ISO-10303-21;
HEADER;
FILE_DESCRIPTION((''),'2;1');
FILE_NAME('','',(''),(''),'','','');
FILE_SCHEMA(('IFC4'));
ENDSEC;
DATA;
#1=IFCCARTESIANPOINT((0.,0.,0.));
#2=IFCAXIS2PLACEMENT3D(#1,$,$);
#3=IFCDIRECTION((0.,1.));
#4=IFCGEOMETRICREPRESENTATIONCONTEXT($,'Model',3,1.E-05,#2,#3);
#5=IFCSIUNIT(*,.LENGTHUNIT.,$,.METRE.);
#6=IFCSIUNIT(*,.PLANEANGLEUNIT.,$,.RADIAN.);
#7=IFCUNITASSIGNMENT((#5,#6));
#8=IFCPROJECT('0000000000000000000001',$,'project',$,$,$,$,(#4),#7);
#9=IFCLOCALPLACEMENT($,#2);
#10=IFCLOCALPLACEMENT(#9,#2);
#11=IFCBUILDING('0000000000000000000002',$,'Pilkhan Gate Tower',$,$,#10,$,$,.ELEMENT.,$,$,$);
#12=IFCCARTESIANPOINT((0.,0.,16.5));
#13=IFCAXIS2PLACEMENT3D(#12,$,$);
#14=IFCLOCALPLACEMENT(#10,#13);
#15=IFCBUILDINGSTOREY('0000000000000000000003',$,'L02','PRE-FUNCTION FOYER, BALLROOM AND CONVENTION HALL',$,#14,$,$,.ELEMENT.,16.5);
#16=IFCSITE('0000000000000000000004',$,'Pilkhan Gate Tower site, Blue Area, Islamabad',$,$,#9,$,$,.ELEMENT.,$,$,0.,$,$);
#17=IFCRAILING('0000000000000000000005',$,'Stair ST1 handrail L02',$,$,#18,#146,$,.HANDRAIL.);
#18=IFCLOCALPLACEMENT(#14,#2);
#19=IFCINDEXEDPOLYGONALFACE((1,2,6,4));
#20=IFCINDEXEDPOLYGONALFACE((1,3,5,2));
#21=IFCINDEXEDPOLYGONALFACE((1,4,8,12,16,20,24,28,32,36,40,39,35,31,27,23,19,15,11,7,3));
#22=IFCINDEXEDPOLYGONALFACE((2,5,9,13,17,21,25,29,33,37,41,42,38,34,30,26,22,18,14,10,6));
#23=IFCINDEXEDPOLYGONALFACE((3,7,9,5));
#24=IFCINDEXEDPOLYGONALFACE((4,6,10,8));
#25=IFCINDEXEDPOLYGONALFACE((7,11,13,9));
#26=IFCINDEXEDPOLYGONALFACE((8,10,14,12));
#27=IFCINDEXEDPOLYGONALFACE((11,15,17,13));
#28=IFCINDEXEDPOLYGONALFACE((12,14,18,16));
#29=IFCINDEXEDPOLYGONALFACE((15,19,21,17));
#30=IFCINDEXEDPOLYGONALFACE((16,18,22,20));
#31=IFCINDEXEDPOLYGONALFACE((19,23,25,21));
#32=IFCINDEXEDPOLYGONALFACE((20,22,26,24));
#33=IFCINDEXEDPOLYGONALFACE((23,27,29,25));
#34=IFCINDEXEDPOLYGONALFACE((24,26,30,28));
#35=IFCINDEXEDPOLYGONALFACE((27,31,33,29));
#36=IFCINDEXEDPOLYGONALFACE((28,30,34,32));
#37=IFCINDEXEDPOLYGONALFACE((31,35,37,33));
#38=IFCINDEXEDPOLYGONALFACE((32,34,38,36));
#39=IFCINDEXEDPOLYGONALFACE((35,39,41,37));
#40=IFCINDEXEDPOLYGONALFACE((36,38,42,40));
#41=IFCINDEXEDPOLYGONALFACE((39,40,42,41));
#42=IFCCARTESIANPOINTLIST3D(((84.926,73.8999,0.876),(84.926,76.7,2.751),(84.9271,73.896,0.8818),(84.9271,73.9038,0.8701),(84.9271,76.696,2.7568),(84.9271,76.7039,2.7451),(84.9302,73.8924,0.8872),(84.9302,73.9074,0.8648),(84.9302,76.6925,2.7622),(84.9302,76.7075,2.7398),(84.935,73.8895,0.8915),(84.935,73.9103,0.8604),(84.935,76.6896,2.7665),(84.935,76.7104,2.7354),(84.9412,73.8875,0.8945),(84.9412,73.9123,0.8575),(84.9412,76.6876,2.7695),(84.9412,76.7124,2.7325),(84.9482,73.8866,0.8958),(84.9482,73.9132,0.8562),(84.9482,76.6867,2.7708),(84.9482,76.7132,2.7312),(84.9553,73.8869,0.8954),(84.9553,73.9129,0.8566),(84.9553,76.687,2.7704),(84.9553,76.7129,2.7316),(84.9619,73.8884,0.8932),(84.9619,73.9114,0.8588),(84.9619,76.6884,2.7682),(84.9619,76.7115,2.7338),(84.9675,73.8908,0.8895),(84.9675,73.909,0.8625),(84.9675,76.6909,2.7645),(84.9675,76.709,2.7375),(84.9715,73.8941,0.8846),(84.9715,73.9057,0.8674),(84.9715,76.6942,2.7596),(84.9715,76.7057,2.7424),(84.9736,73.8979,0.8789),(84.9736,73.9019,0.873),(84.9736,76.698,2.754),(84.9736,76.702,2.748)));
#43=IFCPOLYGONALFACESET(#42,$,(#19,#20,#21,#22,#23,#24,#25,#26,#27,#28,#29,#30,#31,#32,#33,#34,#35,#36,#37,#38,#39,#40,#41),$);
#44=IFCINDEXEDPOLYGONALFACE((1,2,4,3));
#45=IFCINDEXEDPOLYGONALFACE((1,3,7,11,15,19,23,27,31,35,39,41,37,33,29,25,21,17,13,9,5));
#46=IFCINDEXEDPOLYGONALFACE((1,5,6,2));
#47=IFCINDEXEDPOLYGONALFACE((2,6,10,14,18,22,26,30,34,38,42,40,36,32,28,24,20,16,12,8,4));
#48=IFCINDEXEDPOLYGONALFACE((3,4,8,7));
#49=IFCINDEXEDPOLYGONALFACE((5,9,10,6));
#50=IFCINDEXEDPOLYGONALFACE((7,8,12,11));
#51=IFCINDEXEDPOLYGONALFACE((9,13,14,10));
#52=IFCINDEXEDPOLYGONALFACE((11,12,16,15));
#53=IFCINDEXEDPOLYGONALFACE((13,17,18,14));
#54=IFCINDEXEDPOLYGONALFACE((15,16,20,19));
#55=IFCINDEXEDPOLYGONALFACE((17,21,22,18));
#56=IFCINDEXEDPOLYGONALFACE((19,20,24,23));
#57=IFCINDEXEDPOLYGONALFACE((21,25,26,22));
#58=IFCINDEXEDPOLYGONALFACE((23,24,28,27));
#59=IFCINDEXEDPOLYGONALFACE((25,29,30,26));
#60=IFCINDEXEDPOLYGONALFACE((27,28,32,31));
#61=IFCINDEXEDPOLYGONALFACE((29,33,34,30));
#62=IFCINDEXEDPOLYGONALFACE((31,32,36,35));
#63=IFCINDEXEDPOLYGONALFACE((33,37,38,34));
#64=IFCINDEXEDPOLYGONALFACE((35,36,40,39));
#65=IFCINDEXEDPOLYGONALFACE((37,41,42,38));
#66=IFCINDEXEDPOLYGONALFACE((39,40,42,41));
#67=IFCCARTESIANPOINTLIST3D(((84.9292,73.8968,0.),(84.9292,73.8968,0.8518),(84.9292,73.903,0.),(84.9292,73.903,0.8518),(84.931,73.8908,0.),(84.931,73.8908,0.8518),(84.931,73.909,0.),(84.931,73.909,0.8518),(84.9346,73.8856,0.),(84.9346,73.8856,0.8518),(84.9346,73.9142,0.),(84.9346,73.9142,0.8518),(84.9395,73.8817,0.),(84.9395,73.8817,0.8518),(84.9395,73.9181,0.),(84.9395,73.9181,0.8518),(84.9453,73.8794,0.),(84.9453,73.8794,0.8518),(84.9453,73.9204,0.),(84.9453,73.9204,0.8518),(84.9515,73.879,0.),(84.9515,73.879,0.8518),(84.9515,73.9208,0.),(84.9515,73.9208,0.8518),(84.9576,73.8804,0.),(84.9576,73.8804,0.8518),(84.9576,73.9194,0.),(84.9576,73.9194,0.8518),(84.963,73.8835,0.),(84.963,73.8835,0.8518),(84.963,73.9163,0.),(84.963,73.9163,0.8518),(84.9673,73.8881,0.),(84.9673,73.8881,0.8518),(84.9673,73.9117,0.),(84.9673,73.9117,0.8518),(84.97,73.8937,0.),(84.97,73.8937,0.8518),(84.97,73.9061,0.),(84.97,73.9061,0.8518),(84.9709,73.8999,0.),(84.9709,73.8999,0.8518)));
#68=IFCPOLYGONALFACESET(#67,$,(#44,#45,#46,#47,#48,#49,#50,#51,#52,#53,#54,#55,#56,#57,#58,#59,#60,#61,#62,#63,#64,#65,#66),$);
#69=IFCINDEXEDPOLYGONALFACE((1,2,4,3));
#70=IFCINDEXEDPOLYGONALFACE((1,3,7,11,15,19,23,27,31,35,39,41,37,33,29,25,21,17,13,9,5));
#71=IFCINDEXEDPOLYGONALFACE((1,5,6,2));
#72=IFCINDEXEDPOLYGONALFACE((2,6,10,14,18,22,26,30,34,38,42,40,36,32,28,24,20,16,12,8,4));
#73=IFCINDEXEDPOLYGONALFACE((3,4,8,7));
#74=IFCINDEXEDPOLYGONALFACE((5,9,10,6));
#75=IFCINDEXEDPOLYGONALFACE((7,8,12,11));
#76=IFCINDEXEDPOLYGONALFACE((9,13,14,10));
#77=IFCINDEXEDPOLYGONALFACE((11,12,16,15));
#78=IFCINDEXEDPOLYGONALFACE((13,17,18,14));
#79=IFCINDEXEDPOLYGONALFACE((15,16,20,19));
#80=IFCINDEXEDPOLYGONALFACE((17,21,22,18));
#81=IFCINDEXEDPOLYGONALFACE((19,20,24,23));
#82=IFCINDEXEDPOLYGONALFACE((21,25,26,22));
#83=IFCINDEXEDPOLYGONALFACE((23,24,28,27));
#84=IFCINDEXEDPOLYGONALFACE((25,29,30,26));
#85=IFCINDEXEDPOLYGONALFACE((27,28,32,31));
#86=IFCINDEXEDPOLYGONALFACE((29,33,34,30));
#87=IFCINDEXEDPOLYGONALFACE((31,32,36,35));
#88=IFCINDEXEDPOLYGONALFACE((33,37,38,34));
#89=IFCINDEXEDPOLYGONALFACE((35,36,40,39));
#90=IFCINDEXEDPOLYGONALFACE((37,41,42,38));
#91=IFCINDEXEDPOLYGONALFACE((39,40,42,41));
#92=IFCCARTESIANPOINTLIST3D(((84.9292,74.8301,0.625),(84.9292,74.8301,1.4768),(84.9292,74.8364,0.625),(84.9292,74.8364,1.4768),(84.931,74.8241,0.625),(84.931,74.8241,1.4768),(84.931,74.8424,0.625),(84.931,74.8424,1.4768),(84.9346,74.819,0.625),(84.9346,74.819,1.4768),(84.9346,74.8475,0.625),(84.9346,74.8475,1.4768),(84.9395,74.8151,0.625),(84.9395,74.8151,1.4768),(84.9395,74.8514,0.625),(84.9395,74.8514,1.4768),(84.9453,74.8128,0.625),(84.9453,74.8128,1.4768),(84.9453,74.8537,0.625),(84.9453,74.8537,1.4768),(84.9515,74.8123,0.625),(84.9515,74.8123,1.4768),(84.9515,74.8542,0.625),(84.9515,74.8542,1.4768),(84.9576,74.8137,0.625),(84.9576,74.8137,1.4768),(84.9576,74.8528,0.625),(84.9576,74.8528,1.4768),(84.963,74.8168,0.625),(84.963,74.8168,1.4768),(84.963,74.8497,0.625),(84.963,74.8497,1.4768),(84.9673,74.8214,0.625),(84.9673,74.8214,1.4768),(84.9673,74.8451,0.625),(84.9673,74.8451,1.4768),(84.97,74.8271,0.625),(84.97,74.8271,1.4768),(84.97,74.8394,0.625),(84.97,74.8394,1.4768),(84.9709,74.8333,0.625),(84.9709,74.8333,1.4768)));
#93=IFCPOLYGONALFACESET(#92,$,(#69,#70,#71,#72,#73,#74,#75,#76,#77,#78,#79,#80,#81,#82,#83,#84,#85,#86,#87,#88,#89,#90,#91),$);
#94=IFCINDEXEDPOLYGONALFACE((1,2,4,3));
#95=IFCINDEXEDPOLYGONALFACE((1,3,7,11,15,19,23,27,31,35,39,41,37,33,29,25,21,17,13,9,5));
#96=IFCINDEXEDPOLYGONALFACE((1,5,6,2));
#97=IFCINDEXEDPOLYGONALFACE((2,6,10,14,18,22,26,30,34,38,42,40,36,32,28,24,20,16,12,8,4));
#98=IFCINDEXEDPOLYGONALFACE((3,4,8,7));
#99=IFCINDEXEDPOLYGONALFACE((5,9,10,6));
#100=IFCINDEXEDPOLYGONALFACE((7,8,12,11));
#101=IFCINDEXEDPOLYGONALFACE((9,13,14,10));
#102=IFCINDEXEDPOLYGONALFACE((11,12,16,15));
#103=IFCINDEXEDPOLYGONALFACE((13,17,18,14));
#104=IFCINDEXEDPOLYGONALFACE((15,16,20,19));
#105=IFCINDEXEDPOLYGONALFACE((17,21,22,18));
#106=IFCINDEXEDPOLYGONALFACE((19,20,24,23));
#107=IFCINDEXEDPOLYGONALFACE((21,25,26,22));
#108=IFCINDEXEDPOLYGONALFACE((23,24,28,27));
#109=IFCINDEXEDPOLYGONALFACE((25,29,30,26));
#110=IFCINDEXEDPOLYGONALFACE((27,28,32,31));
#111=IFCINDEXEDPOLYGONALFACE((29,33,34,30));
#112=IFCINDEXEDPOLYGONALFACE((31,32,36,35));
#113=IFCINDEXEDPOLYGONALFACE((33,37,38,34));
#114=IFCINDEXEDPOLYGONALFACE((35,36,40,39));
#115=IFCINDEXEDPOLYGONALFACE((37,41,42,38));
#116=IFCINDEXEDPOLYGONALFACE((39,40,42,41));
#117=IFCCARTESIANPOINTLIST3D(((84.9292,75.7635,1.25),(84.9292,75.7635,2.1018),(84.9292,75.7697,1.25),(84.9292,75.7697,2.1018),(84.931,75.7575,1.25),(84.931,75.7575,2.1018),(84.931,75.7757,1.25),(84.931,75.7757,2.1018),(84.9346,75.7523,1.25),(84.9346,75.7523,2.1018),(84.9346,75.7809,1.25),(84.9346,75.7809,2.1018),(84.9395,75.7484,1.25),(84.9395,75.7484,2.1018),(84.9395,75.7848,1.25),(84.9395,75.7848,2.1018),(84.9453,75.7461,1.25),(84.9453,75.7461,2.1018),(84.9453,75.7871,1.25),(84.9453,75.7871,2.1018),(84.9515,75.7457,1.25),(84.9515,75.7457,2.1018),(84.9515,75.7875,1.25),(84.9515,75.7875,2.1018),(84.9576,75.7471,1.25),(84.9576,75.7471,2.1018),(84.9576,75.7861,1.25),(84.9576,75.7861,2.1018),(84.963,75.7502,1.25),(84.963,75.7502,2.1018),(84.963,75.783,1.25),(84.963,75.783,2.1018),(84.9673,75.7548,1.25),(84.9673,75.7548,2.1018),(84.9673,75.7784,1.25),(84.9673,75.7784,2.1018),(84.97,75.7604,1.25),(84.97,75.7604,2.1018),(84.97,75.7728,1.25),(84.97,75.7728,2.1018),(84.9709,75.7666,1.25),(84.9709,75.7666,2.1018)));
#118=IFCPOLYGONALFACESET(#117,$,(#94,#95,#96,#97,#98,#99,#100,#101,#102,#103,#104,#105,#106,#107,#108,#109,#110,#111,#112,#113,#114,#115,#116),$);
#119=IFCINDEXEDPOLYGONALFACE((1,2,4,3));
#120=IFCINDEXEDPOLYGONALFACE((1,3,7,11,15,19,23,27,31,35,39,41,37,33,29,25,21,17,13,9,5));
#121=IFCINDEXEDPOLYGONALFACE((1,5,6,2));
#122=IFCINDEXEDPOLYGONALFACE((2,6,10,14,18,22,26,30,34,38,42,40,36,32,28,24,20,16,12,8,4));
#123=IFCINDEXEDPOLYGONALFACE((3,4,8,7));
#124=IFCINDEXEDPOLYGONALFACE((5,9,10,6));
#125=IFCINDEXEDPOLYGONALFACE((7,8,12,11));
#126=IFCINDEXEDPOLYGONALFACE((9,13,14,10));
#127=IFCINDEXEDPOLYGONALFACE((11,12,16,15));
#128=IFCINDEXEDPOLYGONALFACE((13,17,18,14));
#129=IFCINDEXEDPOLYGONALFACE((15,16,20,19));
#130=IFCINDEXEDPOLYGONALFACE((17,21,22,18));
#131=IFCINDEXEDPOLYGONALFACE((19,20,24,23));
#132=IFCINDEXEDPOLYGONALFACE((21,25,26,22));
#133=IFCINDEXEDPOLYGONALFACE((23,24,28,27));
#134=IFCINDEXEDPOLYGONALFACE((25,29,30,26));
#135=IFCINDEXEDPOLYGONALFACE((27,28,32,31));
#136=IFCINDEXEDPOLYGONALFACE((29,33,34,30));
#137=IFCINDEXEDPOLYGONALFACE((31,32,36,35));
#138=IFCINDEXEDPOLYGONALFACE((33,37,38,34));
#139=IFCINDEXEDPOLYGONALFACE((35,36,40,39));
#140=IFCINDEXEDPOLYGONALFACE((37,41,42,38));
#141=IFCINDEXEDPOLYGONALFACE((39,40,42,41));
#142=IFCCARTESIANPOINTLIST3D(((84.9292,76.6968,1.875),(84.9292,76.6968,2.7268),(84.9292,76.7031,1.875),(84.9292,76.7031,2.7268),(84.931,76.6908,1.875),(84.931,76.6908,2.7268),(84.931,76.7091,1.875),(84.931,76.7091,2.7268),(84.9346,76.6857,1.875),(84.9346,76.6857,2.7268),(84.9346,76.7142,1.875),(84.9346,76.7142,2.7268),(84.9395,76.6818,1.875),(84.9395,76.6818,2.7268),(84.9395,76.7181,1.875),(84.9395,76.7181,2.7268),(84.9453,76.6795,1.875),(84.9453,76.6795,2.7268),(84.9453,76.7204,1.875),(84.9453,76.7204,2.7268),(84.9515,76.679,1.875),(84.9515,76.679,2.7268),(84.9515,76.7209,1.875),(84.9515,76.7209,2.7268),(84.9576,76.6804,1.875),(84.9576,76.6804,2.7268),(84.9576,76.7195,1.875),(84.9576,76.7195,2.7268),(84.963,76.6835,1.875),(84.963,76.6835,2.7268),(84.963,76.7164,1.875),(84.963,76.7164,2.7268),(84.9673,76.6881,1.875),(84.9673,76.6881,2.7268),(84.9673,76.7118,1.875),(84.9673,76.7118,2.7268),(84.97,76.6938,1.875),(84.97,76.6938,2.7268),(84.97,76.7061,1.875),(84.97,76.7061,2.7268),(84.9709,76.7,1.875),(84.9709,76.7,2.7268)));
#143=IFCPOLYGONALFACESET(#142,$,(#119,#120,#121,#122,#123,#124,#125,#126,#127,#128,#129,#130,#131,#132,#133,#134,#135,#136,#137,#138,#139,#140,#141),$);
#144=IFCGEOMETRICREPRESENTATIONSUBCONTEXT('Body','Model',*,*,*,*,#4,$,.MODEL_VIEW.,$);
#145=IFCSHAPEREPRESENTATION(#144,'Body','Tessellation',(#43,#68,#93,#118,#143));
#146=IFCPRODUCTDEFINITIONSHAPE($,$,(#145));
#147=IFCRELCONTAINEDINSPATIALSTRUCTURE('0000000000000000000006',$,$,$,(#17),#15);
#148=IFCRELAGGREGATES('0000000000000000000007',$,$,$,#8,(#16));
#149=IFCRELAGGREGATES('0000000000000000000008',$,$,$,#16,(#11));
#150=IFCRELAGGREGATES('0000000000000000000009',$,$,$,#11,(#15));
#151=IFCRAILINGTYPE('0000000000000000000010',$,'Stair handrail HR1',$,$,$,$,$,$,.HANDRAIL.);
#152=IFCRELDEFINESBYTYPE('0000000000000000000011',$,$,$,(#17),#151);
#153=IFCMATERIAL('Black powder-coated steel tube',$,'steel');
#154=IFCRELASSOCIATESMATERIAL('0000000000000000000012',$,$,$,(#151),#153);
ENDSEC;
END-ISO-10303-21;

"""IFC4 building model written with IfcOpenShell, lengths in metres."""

from ifc_helpers import new_model, si_unit, direction, frame, origin, origin_2d, place, context, subcontext, project, spatial, circle, extrude, material, type_object, element, save


model = new_model("IFC4")

# Units and contexts
model_context = context("Model", 3, precision=1e-05, world=origin(), true_north=direction((0.0, 1.0)))
body_context = subcontext(model_context, "Body", "Model", "MODEL_VIEW")
ifc_project = project(units=[si_unit("LENGTHUNIT", "METRE"), si_unit("PLANEANGLEUNIT", "RADIAN")], contexts=[model_context])

# Site, building, storey
site_placement = place(None, origin())
site = spatial("IfcSite", under=ifc_project, at=site_placement, Name="Pilkhan Gate Tower site, Blue Area, Islamabad", CompositionType="ELEMENT", RefElevation=0.0)
building_placement = place(site_placement, origin())
building = spatial("IfcBuilding", under=site, at=building_placement, Name="Pilkhan Gate Tower", CompositionType="ELEMENT")
storey_placement = place(building_placement, frame((0.0, 0.0, 16.5)))
storey = spatial("IfcBuildingStorey", under=building, at=storey_placement, Name="L02", Description="PRE-FUNCTION FOYER, BALLROOM AND CONVENTION HALL", CompositionType="ELEMENT", Elevation=16.5)

# Railing
ifc_material_1 = material(Name="Black powder-coated steel tube", Category="steel")
railing_type = type_object("IfcRailingType", Name="Stair handrail HR1", PredefinedType="HANDRAIL", material=ifc_material_1)
for number, where, name in (
    (1, (84.95, 73.8999, 0.0), "Stair ST1 handrail L02"),
):
    element("IfcRailing", number, at=place(storey_placement, frame(where)), inside=storey, type_object=railing_type, Name=name, PredefinedType="HANDRAIL", context=body_context, shape_type="SweptSolid", body=[
        extrude(circle(Radius=0.0239, at=origin_2d()), frame((0.0, 0.0, 0.876), z_axis=(0.0, 0.830912, 0.556404), x_axis=(-1.0, 0.0, 0.0)), (0.0, 0.0, 1.0), 3.3699),
        extrude(circle(Radius=0.021, at=origin_2d()), origin(), (0.0, 0.0, 1.0), 0.8518),
        extrude(circle(Radius=0.021, at=origin_2d()), frame((0.0, 0.9333, 0.625)), (0.0, 0.0, 1.0), 0.8518),
        extrude(circle(Radius=0.021, at=origin_2d()), frame((0.0, 1.8667, 1.25)), (0.0, 0.0, 1.0), 0.8518),
        extrude(circle(Radius=0.021, at=origin_2d()), frame((0.0, 2.8, 1.875)), (0.0, 0.0, 1.0), 0.8518),
    ])

save(model, "model.ifc")
